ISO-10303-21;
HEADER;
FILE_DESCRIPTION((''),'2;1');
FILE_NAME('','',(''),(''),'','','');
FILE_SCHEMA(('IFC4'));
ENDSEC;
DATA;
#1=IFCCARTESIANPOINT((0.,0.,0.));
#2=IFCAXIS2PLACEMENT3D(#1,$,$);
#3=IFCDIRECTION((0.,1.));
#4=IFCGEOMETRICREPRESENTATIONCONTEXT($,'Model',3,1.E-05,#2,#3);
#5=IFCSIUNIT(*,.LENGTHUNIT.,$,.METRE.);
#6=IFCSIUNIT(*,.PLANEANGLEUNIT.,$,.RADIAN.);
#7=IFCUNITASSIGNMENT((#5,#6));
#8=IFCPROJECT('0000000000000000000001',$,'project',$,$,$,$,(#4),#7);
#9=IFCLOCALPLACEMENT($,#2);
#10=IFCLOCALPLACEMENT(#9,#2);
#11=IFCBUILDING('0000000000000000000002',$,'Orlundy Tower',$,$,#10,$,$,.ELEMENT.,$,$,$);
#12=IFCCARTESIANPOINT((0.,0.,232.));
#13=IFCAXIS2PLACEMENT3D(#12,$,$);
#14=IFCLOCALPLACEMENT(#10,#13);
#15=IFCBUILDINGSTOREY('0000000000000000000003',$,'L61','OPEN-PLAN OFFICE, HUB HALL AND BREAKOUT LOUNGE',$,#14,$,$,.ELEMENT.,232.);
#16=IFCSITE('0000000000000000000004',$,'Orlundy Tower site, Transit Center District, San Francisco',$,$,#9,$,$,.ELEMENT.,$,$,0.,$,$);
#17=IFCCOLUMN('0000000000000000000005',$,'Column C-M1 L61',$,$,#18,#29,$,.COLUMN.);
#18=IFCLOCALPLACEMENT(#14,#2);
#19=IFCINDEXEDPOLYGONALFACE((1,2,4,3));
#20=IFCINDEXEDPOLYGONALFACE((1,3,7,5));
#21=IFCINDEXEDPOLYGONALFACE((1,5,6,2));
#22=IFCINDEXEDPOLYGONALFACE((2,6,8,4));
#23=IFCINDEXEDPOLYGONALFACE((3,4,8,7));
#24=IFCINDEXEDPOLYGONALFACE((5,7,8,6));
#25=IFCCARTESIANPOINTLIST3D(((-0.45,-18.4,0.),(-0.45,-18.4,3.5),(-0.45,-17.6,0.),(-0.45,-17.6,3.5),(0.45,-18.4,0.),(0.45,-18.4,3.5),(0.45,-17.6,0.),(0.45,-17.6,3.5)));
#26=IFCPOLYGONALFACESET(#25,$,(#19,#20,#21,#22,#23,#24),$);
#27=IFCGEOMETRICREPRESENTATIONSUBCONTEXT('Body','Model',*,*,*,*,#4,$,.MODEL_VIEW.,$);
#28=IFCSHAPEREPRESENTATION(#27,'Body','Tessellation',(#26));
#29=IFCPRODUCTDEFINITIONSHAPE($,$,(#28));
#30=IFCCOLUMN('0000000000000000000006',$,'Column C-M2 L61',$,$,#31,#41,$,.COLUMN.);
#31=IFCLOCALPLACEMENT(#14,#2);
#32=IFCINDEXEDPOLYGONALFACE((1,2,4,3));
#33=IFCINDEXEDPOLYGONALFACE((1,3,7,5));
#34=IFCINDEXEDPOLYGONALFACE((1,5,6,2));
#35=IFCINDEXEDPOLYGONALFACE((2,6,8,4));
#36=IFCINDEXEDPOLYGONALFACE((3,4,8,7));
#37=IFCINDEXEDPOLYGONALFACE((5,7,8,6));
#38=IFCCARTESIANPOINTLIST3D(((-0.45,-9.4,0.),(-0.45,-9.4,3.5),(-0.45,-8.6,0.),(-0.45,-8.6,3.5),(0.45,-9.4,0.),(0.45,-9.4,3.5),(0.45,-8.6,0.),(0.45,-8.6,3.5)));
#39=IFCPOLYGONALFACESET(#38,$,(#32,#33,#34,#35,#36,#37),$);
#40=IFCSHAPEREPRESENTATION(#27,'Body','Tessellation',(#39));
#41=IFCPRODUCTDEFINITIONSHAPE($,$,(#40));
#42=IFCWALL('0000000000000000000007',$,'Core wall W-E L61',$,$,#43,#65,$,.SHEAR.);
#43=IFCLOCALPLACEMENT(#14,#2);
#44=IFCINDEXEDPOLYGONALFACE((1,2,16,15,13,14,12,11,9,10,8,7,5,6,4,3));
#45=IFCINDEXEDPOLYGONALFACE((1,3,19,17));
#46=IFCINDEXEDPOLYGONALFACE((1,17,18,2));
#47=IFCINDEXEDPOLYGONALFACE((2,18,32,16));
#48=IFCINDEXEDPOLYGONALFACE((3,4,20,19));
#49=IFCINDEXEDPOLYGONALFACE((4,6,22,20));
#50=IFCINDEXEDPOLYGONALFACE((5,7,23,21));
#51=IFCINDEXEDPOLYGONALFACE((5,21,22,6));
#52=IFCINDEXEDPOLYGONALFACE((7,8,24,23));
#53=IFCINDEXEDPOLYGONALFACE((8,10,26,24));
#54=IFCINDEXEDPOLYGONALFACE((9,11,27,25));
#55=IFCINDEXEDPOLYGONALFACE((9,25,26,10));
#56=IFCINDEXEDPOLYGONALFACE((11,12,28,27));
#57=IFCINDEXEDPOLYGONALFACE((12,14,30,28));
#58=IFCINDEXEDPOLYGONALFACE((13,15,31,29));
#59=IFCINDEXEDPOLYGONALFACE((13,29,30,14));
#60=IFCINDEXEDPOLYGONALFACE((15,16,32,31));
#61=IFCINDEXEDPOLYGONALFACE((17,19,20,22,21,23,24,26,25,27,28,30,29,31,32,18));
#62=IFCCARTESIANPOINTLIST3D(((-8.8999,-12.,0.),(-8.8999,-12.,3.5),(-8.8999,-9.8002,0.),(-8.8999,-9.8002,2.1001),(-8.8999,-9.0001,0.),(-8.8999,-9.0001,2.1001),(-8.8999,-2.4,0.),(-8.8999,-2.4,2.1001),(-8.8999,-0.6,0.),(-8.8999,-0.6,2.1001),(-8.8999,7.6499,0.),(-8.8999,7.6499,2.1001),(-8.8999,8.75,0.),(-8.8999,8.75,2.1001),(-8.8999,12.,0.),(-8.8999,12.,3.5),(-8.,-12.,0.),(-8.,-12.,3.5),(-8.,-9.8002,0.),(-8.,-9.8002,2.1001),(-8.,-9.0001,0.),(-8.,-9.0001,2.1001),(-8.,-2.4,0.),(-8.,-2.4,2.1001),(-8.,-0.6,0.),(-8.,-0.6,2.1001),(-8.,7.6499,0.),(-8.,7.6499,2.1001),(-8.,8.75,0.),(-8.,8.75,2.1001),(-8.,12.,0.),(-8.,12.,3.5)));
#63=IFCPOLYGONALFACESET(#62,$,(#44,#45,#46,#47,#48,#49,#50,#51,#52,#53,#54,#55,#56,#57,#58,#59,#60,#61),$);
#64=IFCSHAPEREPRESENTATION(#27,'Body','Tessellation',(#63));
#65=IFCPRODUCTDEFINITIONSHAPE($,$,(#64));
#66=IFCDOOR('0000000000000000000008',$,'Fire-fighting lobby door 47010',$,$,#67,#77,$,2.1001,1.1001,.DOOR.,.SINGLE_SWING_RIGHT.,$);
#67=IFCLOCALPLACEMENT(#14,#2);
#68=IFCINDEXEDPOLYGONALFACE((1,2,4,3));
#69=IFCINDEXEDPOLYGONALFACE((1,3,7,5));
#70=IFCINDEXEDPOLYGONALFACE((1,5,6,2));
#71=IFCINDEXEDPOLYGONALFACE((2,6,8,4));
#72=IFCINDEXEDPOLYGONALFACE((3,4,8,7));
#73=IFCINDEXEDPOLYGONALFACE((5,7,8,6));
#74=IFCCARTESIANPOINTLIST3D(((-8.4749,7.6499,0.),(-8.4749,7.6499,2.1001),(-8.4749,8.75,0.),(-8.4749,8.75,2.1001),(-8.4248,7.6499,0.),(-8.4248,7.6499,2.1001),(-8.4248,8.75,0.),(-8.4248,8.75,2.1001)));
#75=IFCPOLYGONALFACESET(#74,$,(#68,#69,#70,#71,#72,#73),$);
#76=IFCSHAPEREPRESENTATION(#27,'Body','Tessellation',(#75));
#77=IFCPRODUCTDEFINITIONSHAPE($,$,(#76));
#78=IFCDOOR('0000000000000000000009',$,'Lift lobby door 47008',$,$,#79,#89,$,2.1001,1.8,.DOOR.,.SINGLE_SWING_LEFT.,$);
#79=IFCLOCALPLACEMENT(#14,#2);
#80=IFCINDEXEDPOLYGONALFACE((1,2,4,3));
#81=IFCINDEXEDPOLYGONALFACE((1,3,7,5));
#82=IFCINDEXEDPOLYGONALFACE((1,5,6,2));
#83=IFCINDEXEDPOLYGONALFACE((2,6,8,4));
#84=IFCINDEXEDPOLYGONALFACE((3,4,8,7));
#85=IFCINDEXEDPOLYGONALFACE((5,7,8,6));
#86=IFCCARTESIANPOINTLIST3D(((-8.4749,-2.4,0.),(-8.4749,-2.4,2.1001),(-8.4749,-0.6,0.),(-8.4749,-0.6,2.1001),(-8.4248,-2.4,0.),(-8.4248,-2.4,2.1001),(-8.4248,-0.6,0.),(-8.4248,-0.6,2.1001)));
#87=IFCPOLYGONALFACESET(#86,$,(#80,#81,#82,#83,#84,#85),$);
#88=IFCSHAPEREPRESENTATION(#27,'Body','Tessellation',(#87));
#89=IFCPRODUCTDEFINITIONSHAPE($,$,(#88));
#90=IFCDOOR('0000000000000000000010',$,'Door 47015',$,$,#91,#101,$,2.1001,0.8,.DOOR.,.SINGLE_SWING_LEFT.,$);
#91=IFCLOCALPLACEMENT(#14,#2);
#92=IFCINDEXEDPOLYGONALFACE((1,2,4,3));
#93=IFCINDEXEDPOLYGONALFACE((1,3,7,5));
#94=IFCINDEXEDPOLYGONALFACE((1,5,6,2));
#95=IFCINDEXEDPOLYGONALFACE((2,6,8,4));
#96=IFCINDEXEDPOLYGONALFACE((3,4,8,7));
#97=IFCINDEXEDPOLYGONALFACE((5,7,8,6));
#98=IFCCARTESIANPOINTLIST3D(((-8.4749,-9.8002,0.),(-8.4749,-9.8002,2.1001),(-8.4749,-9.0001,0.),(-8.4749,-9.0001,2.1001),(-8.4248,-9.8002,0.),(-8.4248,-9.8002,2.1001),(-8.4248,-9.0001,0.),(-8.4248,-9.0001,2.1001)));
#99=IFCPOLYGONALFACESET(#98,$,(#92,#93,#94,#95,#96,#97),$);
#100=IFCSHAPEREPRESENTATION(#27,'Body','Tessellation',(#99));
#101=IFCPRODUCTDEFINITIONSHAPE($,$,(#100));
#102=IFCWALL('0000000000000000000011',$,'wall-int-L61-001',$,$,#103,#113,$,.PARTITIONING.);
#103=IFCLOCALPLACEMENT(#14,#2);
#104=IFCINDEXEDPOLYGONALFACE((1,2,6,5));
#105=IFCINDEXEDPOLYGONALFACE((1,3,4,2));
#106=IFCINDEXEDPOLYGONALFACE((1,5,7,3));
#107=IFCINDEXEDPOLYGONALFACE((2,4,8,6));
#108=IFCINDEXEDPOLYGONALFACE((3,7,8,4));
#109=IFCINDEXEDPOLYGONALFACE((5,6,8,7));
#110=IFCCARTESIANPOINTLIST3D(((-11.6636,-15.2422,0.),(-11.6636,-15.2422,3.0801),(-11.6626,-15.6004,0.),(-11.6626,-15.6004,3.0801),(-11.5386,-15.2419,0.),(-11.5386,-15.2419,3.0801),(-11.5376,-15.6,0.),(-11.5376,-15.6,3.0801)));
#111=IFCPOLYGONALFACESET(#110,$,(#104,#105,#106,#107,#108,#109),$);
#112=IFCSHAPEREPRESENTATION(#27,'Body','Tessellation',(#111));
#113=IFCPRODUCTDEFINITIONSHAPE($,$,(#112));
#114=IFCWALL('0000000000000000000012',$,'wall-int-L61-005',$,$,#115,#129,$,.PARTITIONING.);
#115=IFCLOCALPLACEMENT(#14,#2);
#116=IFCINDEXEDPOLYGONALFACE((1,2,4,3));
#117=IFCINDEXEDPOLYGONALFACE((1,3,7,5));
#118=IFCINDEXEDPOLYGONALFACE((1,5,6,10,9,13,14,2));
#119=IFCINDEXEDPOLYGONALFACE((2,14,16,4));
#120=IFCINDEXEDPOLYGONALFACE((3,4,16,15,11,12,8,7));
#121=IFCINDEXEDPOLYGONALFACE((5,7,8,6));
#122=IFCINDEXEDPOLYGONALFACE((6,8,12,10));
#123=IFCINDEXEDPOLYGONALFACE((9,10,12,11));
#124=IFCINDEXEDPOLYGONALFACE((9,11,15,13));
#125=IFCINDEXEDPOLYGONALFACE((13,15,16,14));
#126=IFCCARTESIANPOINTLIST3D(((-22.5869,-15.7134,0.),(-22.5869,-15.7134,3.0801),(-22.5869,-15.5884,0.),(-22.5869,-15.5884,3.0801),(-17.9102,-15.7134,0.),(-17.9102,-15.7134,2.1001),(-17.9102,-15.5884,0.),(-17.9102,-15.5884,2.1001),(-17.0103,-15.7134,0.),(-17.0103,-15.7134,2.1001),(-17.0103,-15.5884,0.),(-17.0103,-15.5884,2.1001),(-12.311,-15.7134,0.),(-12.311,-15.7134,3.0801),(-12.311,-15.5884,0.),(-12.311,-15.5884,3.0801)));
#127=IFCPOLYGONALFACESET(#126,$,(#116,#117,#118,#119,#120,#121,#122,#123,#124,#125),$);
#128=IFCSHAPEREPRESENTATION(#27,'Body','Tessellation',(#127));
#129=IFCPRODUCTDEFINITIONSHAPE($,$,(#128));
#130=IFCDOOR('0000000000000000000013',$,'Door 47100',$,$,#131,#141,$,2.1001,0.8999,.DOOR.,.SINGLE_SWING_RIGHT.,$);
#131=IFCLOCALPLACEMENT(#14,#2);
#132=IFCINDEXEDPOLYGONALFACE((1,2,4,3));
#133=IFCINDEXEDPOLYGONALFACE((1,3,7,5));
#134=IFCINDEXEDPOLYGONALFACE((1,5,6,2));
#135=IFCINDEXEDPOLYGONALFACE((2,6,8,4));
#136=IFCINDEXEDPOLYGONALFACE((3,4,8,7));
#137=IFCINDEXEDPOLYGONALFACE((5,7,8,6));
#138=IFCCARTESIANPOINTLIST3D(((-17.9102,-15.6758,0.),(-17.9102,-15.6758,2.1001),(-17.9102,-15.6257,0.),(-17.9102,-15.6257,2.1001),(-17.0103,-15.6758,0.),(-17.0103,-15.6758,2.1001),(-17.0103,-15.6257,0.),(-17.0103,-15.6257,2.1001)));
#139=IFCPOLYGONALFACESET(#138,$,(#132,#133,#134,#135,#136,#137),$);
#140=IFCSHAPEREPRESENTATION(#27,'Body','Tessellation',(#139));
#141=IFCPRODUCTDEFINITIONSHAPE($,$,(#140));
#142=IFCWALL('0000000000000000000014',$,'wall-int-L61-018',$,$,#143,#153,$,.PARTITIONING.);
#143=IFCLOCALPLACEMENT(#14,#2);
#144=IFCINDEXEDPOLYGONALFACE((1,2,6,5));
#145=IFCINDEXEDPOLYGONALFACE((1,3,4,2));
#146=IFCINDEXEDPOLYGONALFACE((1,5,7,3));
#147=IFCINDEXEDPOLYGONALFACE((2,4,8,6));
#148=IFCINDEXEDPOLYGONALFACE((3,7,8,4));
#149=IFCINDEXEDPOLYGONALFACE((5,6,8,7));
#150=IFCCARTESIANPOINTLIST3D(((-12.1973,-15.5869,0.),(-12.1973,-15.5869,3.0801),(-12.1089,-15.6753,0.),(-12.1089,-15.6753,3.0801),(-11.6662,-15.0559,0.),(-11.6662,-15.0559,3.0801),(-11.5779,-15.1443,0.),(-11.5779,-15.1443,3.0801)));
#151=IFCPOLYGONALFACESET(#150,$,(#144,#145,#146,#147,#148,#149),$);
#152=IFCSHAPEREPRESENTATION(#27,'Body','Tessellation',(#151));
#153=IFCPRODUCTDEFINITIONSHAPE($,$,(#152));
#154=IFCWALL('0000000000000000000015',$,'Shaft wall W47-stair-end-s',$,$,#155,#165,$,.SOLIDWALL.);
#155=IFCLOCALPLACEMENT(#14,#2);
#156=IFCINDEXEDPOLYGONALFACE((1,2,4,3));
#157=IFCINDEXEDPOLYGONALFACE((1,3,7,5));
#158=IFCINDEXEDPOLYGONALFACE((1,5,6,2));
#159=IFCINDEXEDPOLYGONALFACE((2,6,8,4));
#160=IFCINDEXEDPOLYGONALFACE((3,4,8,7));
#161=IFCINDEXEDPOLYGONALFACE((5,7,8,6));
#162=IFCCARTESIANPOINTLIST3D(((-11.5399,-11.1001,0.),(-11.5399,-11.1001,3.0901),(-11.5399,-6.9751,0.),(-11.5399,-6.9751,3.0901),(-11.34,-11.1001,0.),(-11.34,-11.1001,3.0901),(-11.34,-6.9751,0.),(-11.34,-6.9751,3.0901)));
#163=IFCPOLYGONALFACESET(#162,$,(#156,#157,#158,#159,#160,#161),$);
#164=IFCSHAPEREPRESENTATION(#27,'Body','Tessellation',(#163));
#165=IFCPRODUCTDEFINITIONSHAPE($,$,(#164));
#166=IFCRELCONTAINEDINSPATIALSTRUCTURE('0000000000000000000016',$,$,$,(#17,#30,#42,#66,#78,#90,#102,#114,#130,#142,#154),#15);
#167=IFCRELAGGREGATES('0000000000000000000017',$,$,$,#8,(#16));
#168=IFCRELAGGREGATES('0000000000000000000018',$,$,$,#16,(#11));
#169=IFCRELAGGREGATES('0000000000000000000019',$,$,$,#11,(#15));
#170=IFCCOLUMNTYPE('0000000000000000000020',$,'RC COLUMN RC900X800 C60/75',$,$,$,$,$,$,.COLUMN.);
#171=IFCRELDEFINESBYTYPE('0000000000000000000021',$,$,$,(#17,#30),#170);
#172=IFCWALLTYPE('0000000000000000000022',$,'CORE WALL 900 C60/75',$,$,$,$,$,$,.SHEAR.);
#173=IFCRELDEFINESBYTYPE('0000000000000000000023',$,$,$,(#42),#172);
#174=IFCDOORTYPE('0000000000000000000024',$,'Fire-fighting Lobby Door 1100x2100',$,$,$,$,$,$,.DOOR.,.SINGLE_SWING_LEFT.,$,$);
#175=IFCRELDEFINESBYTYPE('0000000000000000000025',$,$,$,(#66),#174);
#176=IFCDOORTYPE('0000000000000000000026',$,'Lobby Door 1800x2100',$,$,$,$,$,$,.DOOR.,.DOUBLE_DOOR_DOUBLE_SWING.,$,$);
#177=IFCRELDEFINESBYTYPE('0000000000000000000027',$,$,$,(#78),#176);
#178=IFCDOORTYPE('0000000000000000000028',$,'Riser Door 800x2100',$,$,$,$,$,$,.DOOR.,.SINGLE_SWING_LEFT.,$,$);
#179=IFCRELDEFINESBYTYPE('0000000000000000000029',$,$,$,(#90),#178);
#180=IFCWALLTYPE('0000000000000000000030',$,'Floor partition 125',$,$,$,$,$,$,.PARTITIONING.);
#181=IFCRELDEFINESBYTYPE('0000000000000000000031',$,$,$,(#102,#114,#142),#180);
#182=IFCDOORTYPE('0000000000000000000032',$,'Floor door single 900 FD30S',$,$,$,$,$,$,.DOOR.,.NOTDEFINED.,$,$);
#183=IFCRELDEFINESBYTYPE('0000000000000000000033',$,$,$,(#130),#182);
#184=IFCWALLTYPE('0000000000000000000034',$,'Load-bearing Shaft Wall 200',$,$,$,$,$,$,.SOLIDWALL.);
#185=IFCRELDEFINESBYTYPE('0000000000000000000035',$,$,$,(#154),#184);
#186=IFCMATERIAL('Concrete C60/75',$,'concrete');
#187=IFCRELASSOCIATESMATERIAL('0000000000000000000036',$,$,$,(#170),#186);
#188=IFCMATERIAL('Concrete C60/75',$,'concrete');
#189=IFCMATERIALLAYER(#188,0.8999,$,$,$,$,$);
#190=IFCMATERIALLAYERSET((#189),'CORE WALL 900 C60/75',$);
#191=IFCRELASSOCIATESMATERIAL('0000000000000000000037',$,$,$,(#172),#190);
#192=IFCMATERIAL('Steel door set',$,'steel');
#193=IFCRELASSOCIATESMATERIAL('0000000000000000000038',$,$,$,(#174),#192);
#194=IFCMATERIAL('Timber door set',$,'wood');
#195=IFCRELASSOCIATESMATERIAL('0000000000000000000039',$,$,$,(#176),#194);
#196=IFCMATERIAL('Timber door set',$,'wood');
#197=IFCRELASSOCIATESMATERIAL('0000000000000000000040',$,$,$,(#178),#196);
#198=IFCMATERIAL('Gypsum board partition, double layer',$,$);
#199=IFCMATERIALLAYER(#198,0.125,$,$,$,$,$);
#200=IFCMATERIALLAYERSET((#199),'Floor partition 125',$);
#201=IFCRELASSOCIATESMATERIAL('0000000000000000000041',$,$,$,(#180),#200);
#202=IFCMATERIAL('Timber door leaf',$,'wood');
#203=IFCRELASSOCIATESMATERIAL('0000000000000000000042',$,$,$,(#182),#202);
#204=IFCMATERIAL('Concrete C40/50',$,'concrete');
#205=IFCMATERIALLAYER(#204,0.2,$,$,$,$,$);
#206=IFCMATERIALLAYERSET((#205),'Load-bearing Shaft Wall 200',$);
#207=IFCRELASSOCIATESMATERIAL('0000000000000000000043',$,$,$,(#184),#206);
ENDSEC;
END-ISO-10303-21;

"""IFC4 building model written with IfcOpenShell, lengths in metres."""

from ifc_helpers import new_model, si_unit, direction, frame, frame_2d, origin, origin_2d, place, context, subcontext, project, spatial, rectangle, extrude, material, layer, layer_set, material_profile, profile_set, type_object, element, fill, save


model = new_model("IFC4")

# Units and contexts
model_context = context("Model", 3, precision=1e-05, world=origin(), true_north=direction((0.0, 1.0)))
body_context = subcontext(model_context, "Body", "Model", "MODEL_VIEW")
ifc_project = project(units=[si_unit("LENGTHUNIT", "METRE"), si_unit("PLANEANGLEUNIT", "RADIAN")], contexts=[model_context])

# Site, building, storey
site_placement = place(None, origin())
site = spatial("IfcSite", under=ifc_project, at=site_placement, Name="Orlundy Tower site, Transit Center District, San Francisco", CompositionType="ELEMENT", RefElevation=0.0)
building_placement = place(site_placement, origin())
building = spatial("IfcBuilding", under=site, at=building_placement, Name="Orlundy Tower", CompositionType="ELEMENT")
storey_placement = place(building_placement, frame((0.0, 0.0, 232.0)))
storey = spatial("IfcBuildingStorey", under=building, at=storey_placement, Name="L61", Description="OPEN-PLAN OFFICE, HUB HALL AND BREAKOUT LOUNGE", CompositionType="ELEMENT", Elevation=232.0)

# Columns
ifc_material_1 = material(Name="Concrete C60/75", Category="concrete")
ifc_material_profile = material_profile(ifc_material_1, rectangle(XDim=0.8999, YDim=0.8, at=origin_2d()), Name="RC900X800")
ifc_profile_set = profile_set([ifc_material_profile], Name="Concrete C60/75")
column_type = type_object("IfcColumnType", Name="RC COLUMN RC900X800 C60/75", PredefinedType="COLUMN", material=ifc_profile_set)
for number, where, z_axis, x_axis, name in (
    (1, (0.0, -18.0, 0.0), (0.0, 0.0, 1.0), (1.0, 0.0, 0.0), "Column C-M1 L61"),
    (2, (0.0, -9.0, 0.0), (0.0, 0.0, 1.0), (1.0, 0.0, 0.0), "Column C-M2 L61"),
):
    element("IfcColumn", number, at=place(storey_placement, frame(where, z_axis=z_axis, x_axis=x_axis)), inside=storey, type_object=column_type, Name=name, PredefinedType="COLUMN", context=body_context, shape_type="SweptSolid", body=[
        extrude(rectangle(XDim=0.8999, YDim=0.8, at=origin_2d()), origin(), (0.0, 0.0, 1.0), 3.5),
    ])

# Wall, openings, doors
ifc_material_2 = material(Name="Concrete C60/75", Category="concrete")
ifc_layer_1 = layer(ifc_material_2, 0.8999)
ifc_layer_set_1 = layer_set([ifc_layer_1], Name="CORE WALL 900 C60/75")
wall_type_1 = type_object("IfcWallType", Name="CORE WALL 900 C60/75", PredefinedType="SHEAR", material=ifc_layer_set_1)
wall_1_placement = place(storey_placement, frame((-8.45, -12.0, 0.0), z_axis=(0.0, 0.0, 1.0), x_axis=(0.0, 1.0, 0.0)))
wall_1 = element("IfcWall", 3, at=wall_1_placement, inside=storey, type_object=wall_type_1, Name="Core wall W-E L61", PredefinedType="SHEAR", context=body_context, shape_type="SweptSolid", body=[
    extrude(rectangle(XDim=24.0, YDim=0.8999, at=frame_2d((12.0, 0.0))), origin(), (0.0, 0.0, 1.0), 3.5),
])
opening_1_placement = place(wall_1_placement, frame((9.6001, 0.0, 0.0)))
opening_1 = element("IfcOpeningElement", 4, at=opening_1_placement, cuts=wall_1, PredefinedType="OPENING", context=body_context, shape_type="SweptSolid", body=[
    extrude(rectangle(XDim=1.8, YDim=2.1001, at=frame_2d((0.8999, 1.05))), frame((0.0, 0.46, 0.0), z_axis=(0.0, -1.0, 0.0), x_axis=(1.0, 0.0, 0.0)), (0.0, 0.0, 1.0), 0.9199),
])
opening_2_placement = place(wall_1_placement, frame((19.6499, 0.0, 0.0)))
opening_2 = element("IfcOpeningElement", 5, at=opening_2_placement, cuts=wall_1, PredefinedType="OPENING", context=body_context, shape_type="SweptSolid", body=[
    extrude(rectangle(XDim=1.1001, YDim=2.1001, at=frame_2d((0.55, 1.05))), frame((0.0, 0.46, 0.0), z_axis=(0.0, -1.0, 0.0), x_axis=(1.0, 0.0, 0.0)), (0.0, 0.0, 1.0), 0.9199),
])
opening_3_placement = place(wall_1_placement, frame((2.2, 0.0, 0.0)))
opening_3 = element("IfcOpeningElement", 6, at=opening_3_placement, cuts=wall_1, PredefinedType="OPENING", context=body_context, shape_type="SweptSolid", body=[
    extrude(rectangle(XDim=0.8, YDim=2.1001, at=frame_2d((0.3999, 1.05))), frame((0.0, 0.46, 0.0), z_axis=(0.0, -1.0, 0.0), x_axis=(1.0, 0.0, 0.0)), (0.0, 0.0, 1.0), 0.9199),
])
ifc_material_3 = material(Name="Steel door set", Category="steel")
door_type_1 = type_object("IfcDoorType", Name="Fire-fighting Lobby Door 1100x2100", OperationType="SINGLE_SWING_LEFT", PredefinedType="DOOR", material=ifc_material_3)
door_1_placement = place(opening_2_placement, origin())
door_1 = element("IfcDoor", 7, at=door_1_placement, inside=storey, type_object=door_type_1, Name="Fire-fighting lobby door 47010", OperationType="SINGLE_SWING_RIGHT", OverallHeight=2.1001, OverallWidth=1.1001, PredefinedType="DOOR", context=body_context, shape_type="SweptSolid", body=[
    extrude(rectangle(XDim=1.1001, YDim=2.1001, at=frame_2d((0.55, 1.05))), frame((0.0, 0.0249, 0.0), z_axis=(0.0, -1.0, 0.0), x_axis=(1.0, 0.0, 0.0)), (0.0, 0.0, 1.0), 0.05),
])
fill(opening_2, door_1)
ifc_material_4 = material(Name="Timber door set", Category="wood")
door_type_2 = type_object("IfcDoorType", Name="Lobby Door 1800x2100", OperationType="DOUBLE_DOOR_DOUBLE_SWING", PredefinedType="DOOR", material=ifc_material_4)
door_2_placement = place(opening_1_placement, origin())
door_2 = element("IfcDoor", 8, at=door_2_placement, inside=storey, type_object=door_type_2, Name="Lift lobby door 47008", OperationType="SINGLE_SWING_LEFT", OverallHeight=2.1001, OverallWidth=1.8, PredefinedType="DOOR", context=body_context, shape_type="SweptSolid", body=[
    extrude(rectangle(XDim=1.8, YDim=2.1001, at=frame_2d((0.8999, 1.05))), frame((0.0, 0.0249, 0.0), z_axis=(0.0, -1.0, 0.0), x_axis=(1.0, 0.0, 0.0)), (0.0, 0.0, 1.0), 0.05),
])
fill(opening_1, door_2)
ifc_material_5 = material(Name="Timber door set", Category="wood")
door_type_3 = type_object("IfcDoorType", Name="Riser Door 800x2100", OperationType="SINGLE_SWING_LEFT", PredefinedType="DOOR", material=ifc_material_5)
door_3_placement = place(opening_3_placement, origin())
door_3 = element("IfcDoor", 9, at=door_3_placement, inside=storey, type_object=door_type_3, Name="Door 47015", OperationType="SINGLE_SWING_LEFT", OverallHeight=2.1001, OverallWidth=0.8, PredefinedType="DOOR", context=body_context, shape_type="SweptSolid", body=[
    extrude(rectangle(XDim=0.8, YDim=2.1001, at=frame_2d((0.3999, 1.05))), frame((0.0, 0.0249, 0.0), z_axis=(0.0, -1.0, 0.0), x_axis=(1.0, 0.0, 0.0)), (0.0, 0.0, 1.0), 0.05),
])
fill(opening_3, door_3)

# Wall
ifc_material_6 = material(Name="Gypsum board partition, double layer")
ifc_layer_2 = layer(ifc_material_6, 0.125)
ifc_layer_set_2 = layer_set([ifc_layer_2], Name="Floor partition 125")
wall_type_2 = type_object("IfcWallType", Name="Floor partition 125", PredefinedType="PARTITIONING", material=ifc_layer_set_2)
wall_2_placement = place(storey_placement, frame((-11.6011, -15.2419, 0.0), z_axis=(0.0, 0.0, 1.0), x_axis=(0.002727, -0.999996, 0.0)))
element("IfcWall", 10, at=wall_2_placement, inside=storey, type_object=wall_type_2, Name="wall-int-L61-001", PredefinedType="PARTITIONING", context=body_context, shape_type="SweptSolid", body=[
    extrude(rectangle(XDim=0.3582, YDim=0.125, at=frame_2d((0.1792, 0.0))), origin(), (0.0, 0.0, 1.0), 3.0801),
])

# Wall, opening, door
wall_3_placement = place(storey_placement, frame((-12.311, -15.6509, 0.0), z_axis=(0.0, 0.0, 1.0), x_axis=(-1.0, 0.0, 0.0)))
wall_3 = element("IfcWall", 11, at=wall_3_placement, inside=storey, type_object=wall_type_2, Name="wall-int-L61-005", PredefinedType="PARTITIONING", context=body_context, shape_type="SweptSolid", body=[
    extrude(rectangle(XDim=10.2759, YDim=0.125, at=frame_2d((5.1379, 0.0))), origin(), (0.0, 0.0, 1.0), 3.0801),
])
opening_4_placement = place(wall_3_placement, frame((4.6992, 0.0, 0.0)))
opening_4 = element("IfcOpeningElement", 12, at=opening_4_placement, cuts=wall_3, PredefinedType="OPENING", context=body_context, shape_type="SweptSolid", body=[
    extrude(rectangle(XDim=0.8999, YDim=2.1001, at=frame_2d((0.45, 1.05))), frame((0.0, 0.0725, 0.0), z_axis=(0.0, -1.0, 0.0), x_axis=(1.0, 0.0, 0.0)), (0.0, 0.0, 1.0), 0.145),
])
ifc_material_7 = material(Name="Timber door leaf", Category="wood")
door_type_4 = type_object("IfcDoorType", Name="Floor door single 900 FD30S", OperationType="NOTDEFINED", PredefinedType="DOOR", material=ifc_material_7)
door_4_placement = place(opening_4_placement, origin())
door_4 = element("IfcDoor", 13, at=door_4_placement, inside=storey, type_object=door_type_4, Name="Door 47100", OperationType="SINGLE_SWING_RIGHT", OverallHeight=2.1001, OverallWidth=0.8999, PredefinedType="DOOR", context=body_context, shape_type="SweptSolid", body=[
    extrude(rectangle(XDim=0.8999, YDim=2.1001, at=frame_2d((0.45, 1.05))), frame((0.0, 0.0249, 0.0), z_axis=(0.0, -1.0, 0.0), x_axis=(1.0, 0.0, 0.0)), (0.0, 0.0, 1.0), 0.05),
])
fill(opening_4, door_4)

# Walls
wall_4_placement = place(storey_placement, frame((-12.1531, -15.6311, 0.0), z_axis=(0.0, 0.0, 1.0), x_axis=(0.707107, 0.707107, 0.0)))
element("IfcWall", 14, at=wall_4_placement, inside=storey, type_object=wall_type_2, Name="wall-int-L61-018", PredefinedType="PARTITIONING", context=body_context, shape_type="SweptSolid", body=[
    extrude(rectangle(XDim=0.751, YDim=0.125, at=frame_2d((0.3755, 0.0))), origin(), (0.0, 0.0, 1.0), 3.0801),
])
ifc_material_8 = material(Name="Concrete C40/50", Category="concrete")
ifc_layer_3 = layer(ifc_material_8, 0.2)
ifc_layer_set_3 = layer_set([ifc_layer_3], Name="Load-bearing Shaft Wall 200")
wall_type_3 = type_object("IfcWallType", Name="Load-bearing Shaft Wall 200", PredefinedType="SOLIDWALL", material=ifc_layer_set_3)
wall_5_placement = place(storey_placement, frame((-11.4399, -11.1001, 0.0), z_axis=(0.0, 0.0, 1.0), x_axis=(0.0, 1.0, 0.0)))
element("IfcWall", 15, at=wall_5_placement, inside=storey, type_object=wall_type_3, Name="Shaft wall W47-stair-end-s", PredefinedType="SOLIDWALL", context=body_context, shape_type="SweptSolid", body=[
    extrude(rectangle(XDim=4.125, YDim=0.2, at=frame_2d((2.0625, 0.0))), origin(), (0.0, 0.0, 1.0), 3.0901),
])

save(model, "model.ifc")
